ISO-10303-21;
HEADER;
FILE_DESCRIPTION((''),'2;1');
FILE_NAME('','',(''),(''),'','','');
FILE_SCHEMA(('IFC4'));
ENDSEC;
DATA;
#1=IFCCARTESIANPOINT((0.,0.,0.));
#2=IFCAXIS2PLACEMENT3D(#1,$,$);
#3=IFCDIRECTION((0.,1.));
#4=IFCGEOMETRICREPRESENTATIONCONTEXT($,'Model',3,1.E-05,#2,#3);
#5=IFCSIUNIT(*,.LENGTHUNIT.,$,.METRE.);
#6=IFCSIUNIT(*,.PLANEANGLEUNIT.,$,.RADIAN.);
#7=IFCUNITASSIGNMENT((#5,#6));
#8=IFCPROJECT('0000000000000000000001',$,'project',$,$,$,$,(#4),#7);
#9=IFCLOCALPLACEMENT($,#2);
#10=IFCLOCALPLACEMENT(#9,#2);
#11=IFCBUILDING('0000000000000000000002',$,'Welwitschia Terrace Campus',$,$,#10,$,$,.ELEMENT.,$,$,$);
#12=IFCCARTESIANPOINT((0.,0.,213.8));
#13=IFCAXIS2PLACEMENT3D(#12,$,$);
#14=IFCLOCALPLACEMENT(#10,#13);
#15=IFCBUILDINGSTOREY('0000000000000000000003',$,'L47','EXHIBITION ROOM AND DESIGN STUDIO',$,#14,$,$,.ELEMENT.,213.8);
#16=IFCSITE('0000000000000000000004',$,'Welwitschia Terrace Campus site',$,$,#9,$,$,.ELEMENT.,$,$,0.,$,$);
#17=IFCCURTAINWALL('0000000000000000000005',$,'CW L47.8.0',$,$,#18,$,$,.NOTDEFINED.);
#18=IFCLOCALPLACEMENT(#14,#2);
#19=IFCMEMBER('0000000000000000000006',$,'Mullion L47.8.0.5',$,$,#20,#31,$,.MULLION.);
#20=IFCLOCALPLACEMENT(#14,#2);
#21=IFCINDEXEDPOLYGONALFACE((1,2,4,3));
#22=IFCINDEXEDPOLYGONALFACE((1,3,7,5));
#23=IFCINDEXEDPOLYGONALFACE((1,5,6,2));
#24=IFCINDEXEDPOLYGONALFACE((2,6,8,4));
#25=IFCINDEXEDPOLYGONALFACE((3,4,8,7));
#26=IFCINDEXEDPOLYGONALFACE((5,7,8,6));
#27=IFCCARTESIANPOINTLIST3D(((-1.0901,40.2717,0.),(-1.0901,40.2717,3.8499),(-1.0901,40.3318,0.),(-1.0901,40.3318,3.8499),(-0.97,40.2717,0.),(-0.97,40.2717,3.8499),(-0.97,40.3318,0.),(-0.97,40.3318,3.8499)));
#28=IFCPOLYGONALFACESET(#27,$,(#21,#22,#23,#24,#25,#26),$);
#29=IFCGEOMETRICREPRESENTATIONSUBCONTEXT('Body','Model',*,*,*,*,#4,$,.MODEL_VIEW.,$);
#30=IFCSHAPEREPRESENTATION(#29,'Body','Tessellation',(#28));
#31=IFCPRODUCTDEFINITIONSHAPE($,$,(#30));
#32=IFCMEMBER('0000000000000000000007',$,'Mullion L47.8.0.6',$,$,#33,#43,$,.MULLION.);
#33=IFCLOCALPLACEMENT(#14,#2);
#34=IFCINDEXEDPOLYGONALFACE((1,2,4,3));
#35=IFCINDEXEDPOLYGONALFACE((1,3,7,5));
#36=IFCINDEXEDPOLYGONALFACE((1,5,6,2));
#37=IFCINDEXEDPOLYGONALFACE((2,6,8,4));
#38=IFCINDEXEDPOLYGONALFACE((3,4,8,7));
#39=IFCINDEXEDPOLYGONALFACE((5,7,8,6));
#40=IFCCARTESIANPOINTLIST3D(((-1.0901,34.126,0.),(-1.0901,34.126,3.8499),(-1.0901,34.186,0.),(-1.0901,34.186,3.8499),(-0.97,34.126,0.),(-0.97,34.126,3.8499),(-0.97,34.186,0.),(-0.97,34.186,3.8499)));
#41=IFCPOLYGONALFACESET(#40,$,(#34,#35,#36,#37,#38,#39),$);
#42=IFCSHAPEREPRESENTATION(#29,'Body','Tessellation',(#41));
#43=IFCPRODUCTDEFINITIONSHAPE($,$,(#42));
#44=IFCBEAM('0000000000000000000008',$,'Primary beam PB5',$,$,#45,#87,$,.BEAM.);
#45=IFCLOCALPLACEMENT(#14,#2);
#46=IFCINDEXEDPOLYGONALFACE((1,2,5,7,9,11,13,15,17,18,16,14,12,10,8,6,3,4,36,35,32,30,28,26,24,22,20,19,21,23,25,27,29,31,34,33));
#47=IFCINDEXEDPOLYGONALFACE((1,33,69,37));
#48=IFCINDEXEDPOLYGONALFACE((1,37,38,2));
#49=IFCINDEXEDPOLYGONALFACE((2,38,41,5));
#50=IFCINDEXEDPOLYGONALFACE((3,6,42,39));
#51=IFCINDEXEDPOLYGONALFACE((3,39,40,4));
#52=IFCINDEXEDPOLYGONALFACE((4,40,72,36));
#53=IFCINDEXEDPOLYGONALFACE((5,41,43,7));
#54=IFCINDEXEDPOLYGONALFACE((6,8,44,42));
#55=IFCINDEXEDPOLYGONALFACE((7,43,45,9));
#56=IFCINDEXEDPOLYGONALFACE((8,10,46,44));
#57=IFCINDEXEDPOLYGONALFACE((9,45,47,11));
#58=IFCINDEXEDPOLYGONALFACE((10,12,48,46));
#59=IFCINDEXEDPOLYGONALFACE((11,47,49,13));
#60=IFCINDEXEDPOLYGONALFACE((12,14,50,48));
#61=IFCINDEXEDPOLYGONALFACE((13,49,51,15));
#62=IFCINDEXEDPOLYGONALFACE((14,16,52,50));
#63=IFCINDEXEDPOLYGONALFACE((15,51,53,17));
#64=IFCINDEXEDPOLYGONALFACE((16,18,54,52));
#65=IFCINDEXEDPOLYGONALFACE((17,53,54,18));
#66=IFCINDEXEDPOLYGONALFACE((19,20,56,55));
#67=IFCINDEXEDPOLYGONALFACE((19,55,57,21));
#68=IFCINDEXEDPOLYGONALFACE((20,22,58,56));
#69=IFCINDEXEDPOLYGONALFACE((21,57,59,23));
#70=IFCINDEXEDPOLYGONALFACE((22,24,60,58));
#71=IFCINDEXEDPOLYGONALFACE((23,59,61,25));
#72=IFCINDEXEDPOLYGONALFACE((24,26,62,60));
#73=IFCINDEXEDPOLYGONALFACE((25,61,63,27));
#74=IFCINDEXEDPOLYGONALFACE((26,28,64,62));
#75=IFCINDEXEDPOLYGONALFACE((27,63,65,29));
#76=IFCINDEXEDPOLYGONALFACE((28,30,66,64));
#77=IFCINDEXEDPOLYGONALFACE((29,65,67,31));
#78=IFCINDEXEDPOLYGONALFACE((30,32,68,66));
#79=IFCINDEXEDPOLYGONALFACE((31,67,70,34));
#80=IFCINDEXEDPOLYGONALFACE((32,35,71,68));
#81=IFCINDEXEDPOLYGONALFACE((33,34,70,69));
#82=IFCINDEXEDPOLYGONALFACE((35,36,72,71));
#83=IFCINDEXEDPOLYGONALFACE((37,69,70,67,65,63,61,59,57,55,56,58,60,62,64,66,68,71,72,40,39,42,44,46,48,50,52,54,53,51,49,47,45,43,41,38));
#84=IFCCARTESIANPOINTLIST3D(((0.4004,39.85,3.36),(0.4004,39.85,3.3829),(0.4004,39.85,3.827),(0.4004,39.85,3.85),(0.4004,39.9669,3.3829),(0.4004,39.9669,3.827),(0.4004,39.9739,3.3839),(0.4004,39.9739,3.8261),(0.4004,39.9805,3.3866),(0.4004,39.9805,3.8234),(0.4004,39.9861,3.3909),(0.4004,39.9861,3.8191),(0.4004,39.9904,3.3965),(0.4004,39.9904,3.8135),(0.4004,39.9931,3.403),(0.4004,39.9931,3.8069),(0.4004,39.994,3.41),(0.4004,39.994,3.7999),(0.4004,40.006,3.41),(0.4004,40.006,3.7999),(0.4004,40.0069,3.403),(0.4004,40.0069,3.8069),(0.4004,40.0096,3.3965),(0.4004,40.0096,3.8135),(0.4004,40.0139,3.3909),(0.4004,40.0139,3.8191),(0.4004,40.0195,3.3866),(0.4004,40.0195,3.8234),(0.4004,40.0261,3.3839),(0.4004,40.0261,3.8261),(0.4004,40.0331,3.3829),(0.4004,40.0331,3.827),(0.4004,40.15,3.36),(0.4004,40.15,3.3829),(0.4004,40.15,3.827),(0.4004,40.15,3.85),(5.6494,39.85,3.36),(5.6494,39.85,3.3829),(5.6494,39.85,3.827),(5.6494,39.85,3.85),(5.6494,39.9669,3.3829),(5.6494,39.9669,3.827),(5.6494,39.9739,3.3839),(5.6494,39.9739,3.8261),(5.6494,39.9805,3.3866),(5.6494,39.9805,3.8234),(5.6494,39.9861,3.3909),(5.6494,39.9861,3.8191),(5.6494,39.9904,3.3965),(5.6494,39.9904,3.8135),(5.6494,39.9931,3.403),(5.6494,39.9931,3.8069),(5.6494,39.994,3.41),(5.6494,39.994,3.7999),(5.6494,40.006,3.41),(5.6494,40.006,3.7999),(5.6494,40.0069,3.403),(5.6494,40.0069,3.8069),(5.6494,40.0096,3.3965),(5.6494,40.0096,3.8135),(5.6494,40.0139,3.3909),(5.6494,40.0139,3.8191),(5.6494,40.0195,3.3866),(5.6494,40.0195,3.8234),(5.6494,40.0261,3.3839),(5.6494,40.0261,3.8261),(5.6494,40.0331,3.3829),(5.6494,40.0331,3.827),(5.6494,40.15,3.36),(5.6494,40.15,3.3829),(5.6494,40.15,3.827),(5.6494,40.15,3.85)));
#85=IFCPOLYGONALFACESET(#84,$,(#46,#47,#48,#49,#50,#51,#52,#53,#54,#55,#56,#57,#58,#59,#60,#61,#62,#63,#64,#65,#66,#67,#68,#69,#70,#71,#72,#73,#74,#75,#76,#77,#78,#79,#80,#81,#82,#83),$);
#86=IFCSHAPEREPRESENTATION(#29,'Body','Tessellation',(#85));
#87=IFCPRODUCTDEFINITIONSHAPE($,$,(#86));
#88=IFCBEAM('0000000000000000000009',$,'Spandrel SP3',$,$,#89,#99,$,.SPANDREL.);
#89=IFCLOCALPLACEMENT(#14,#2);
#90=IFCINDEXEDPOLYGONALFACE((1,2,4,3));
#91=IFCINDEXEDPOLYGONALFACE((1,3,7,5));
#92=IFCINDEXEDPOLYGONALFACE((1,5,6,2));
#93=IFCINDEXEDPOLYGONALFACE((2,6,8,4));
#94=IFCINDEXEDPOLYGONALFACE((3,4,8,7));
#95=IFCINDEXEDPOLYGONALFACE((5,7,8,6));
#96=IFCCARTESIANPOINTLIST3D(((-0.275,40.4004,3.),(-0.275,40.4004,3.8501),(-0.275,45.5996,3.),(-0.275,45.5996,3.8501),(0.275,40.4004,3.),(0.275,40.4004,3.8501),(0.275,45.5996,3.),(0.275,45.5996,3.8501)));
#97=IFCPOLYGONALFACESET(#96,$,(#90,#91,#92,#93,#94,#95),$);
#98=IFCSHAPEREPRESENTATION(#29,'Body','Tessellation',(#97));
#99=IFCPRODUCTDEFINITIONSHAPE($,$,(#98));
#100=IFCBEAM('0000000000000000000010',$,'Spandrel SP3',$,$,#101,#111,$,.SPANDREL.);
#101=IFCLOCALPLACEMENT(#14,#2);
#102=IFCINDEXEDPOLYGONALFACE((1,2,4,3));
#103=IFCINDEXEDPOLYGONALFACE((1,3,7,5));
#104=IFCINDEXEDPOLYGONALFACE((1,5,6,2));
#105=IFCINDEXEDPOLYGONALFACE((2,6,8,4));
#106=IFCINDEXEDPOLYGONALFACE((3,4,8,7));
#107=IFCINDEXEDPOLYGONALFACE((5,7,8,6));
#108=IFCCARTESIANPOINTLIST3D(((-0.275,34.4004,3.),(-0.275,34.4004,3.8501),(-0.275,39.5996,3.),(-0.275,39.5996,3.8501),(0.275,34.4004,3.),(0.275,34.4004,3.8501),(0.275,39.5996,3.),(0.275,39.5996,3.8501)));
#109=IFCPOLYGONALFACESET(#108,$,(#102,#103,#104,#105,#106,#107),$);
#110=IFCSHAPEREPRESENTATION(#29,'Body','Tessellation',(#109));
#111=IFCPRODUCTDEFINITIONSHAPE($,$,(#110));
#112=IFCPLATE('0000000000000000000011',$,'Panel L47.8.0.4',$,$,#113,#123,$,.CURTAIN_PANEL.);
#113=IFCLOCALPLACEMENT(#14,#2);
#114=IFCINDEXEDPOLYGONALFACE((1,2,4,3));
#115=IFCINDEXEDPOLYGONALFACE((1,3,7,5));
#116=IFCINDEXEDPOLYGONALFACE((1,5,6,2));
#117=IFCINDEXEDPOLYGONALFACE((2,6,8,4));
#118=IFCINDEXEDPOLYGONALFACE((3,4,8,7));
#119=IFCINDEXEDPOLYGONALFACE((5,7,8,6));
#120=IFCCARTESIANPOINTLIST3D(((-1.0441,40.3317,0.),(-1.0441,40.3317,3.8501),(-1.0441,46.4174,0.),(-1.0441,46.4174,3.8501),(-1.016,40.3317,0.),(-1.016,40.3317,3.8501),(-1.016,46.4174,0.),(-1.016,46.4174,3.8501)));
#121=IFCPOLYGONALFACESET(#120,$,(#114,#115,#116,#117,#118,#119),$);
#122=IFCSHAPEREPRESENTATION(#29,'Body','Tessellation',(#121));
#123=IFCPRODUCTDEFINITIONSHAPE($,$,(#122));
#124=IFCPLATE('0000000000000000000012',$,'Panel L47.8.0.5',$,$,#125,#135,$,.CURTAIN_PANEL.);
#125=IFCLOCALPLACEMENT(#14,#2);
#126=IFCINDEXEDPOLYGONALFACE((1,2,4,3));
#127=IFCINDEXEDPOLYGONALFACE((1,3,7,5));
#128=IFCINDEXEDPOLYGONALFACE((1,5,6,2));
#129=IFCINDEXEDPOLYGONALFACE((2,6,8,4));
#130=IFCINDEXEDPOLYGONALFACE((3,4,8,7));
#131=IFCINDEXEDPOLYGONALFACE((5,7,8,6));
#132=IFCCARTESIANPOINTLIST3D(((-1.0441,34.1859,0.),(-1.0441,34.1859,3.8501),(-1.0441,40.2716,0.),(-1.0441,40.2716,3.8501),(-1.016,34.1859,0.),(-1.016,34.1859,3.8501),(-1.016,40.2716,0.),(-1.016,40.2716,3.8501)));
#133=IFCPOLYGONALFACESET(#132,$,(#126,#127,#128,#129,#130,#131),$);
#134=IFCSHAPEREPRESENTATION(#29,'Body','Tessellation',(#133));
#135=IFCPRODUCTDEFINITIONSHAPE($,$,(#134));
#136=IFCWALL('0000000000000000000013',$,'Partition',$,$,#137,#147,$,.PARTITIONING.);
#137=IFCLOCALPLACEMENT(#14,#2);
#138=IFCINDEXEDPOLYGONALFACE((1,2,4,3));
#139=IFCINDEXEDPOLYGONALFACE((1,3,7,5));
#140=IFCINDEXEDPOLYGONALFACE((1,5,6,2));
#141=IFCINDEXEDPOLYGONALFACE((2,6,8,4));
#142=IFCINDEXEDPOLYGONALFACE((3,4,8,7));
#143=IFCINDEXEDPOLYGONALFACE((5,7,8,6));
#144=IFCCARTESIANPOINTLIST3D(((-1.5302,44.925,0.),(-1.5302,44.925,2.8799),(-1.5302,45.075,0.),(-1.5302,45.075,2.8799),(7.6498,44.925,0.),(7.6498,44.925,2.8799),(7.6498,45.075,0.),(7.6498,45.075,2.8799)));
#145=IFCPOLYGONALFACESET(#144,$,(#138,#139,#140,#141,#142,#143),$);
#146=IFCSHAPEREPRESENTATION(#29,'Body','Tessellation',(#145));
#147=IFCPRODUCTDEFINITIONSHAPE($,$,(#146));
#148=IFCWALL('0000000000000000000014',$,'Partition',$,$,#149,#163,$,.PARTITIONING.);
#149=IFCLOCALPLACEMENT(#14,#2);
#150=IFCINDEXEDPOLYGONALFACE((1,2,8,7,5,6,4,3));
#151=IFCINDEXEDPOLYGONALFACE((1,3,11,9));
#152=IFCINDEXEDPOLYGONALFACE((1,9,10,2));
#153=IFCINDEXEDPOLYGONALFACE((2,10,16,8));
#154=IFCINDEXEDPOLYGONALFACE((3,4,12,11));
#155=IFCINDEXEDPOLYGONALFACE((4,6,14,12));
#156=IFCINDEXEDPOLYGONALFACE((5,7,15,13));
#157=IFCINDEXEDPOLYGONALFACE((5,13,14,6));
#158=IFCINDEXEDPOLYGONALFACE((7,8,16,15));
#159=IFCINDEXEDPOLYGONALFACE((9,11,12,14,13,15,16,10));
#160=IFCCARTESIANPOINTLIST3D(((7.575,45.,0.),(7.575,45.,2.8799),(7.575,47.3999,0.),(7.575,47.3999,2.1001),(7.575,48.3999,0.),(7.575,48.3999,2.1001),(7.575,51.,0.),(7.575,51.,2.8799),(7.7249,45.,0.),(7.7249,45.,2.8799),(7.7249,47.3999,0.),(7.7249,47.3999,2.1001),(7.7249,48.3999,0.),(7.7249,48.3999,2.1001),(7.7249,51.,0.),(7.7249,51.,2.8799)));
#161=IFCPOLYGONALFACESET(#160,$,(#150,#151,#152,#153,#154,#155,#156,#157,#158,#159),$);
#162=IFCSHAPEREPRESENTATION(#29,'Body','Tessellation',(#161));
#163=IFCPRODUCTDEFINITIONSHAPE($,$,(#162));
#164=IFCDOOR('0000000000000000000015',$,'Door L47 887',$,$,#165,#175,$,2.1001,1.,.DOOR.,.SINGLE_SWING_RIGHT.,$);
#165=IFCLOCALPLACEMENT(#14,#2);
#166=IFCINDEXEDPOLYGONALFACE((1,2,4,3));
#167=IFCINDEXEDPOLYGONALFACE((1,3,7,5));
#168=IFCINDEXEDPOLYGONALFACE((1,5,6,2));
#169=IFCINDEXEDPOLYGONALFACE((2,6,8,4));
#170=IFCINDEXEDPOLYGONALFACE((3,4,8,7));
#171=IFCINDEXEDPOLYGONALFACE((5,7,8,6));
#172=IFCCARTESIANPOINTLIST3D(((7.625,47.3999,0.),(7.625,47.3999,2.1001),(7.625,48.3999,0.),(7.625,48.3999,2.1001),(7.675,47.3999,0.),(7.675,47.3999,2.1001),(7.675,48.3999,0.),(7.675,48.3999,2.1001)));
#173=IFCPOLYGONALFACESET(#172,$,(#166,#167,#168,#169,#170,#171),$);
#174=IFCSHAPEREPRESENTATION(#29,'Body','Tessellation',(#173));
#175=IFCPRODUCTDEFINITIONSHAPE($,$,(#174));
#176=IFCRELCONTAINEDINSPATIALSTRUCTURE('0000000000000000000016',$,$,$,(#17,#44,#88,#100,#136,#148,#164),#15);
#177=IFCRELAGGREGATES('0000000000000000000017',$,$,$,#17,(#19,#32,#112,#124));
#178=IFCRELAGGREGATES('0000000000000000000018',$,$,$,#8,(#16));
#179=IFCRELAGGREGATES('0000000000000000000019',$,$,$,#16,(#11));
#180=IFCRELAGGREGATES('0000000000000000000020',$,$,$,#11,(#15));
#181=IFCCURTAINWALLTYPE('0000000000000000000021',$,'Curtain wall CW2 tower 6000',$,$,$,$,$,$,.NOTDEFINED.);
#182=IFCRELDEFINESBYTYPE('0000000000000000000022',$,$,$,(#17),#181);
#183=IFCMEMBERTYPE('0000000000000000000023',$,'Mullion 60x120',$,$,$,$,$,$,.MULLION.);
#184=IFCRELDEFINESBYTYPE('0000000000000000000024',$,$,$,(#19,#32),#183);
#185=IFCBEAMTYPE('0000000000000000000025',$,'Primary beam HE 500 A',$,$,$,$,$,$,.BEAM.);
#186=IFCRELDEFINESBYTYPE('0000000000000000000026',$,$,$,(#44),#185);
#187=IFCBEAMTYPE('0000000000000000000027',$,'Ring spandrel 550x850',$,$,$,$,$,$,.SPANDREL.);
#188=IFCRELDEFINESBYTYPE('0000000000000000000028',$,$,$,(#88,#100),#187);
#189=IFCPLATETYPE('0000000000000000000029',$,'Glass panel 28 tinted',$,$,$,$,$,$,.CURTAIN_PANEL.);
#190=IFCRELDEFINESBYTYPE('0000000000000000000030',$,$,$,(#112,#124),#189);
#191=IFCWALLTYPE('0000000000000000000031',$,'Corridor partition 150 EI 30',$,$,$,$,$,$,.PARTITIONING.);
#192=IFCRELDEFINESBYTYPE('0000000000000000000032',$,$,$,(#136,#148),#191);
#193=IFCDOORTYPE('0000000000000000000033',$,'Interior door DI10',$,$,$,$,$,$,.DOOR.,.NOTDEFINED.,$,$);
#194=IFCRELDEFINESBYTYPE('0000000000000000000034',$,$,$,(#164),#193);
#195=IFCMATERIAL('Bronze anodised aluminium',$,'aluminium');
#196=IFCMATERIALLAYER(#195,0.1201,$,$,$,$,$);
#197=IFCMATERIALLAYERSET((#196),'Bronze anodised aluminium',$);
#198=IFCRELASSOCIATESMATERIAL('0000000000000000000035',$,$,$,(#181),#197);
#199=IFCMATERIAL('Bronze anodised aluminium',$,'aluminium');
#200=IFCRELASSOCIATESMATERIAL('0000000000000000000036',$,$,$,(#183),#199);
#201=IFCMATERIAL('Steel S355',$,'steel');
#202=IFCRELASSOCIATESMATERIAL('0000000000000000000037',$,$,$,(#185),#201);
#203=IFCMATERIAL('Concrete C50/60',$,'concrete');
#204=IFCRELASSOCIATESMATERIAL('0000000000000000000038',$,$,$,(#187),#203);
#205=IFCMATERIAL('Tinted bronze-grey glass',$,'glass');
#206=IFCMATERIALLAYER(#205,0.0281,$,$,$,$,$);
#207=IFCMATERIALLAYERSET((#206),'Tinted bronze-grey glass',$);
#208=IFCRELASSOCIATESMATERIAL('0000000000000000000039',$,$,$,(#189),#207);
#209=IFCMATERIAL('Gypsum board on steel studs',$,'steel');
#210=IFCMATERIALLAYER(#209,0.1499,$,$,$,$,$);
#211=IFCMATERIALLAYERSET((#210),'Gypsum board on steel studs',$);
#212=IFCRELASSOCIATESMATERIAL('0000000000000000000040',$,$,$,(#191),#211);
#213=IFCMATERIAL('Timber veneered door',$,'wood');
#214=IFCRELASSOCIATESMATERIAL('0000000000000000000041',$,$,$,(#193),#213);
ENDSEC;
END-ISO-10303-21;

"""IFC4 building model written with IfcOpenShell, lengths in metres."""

from ifc_helpers import new_model, si_unit, direction, frame, frame_2d, origin, origin_2d, place, context, subcontext, project, spatial, rectangle, i_section, extrude, material, layer, layer_set, material_profile, profile_set, type_object, element, fill, aggregate, save


model = new_model("IFC4")

# Units and contexts
model_context = context("Model", 3, precision=1e-05, world=origin(), true_north=direction((0.0, 1.0)))
body_context = subcontext(model_context, "Body", "Model", "MODEL_VIEW")
ifc_project = project(units=[si_unit("LENGTHUNIT", "METRE"), si_unit("PLANEANGLEUNIT", "RADIAN")], contexts=[model_context])

# Site, building, storey
site_placement = place(None, origin())
site = spatial("IfcSite", under=ifc_project, at=site_placement, Name="Welwitschia Terrace Campus site", CompositionType="ELEMENT", RefElevation=0.0)
building_placement = place(site_placement, origin())
building = spatial("IfcBuilding", under=site, at=building_placement, Name="Welwitschia Terrace Campus", CompositionType="ELEMENT")
storey_placement = place(building_placement, frame((0.0, 0.0, 213.8)))
storey = spatial("IfcBuildingStorey", under=building, at=storey_placement, Name="L47", Description="EXHIBITION ROOM AND DESIGN STUDIO", CompositionType="ELEMENT", Elevation=213.8)

# Curtain wall, members
ifc_material_1 = material(Name="Bronze anodised aluminium", Category="aluminium")
ifc_layer_1 = layer(ifc_material_1, 0.1201)
ifc_layer_set_1 = layer_set([ifc_layer_1], Name="Bronze anodised aluminium")
curtain_wall_type = type_object("IfcCurtainWallType", Name="Curtain wall CW2 tower 6000", PredefinedType="NOTDEFINED", material=ifc_layer_set_1)
curtain_wall_placement = place(storey_placement, origin())
curtain_wall = element("IfcCurtainWall", 1, at=curtain_wall_placement, inside=storey, type_object=curtain_wall_type, Name="CW L47.8.0", PredefinedType="NOTDEFINED")
ifc_material_2 = material(Name="Bronze anodised aluminium", Category="aluminium")
ifc_material_profile_1 = material_profile(ifc_material_2, rectangle(XDim=0.1201, YDim=0.0601, at=origin_2d()))
ifc_profile_set_1 = profile_set([ifc_material_profile_1], Name="Bronze anodised aluminium")
member_type = type_object("IfcMemberType", Name="Mullion 60x120", PredefinedType="MULLION", material=ifc_profile_set_1)
member_1_placement = place(storey_placement, frame((-1.03, 40.3018, 0.0), z_axis=(0.0, 0.0, 1.0), x_axis=(1.0, 0.0, 0.0)))
member_1 = element("IfcMember", 2, at=member_1_placement, type_object=member_type, Name="Mullion L47.8.0.5", PredefinedType="MULLION", context=body_context, shape_type="SweptSolid", body=[
    extrude(rectangle(XDim=0.1201, YDim=0.0601, at=origin_2d()), origin(), (0.0, 0.0, 1.0), 3.8499),
])
member_2_placement = place(storey_placement, frame((-1.03, 34.156, 0.0), z_axis=(0.0, 0.0, 1.0), x_axis=(1.0, 0.0, 0.0)))
member_2 = element("IfcMember", 3, at=member_2_placement, type_object=member_type, Name="Mullion L47.8.0.6", PredefinedType="MULLION", context=body_context, shape_type="SweptSolid", body=[
    extrude(rectangle(XDim=0.1201, YDim=0.0601, at=origin_2d()), origin(), (0.0, 0.0, 1.0), 3.8499),
])

# Beams
ifc_material_3 = material(Name="Steel S355", Category="steel")
ifc_material_profile_2 = material_profile(ifc_material_3, i_section(OverallWidth=0.3, OverallDepth=0.49, WebThickness=0.012, FlangeThickness=0.0229, FilletRadius=0.0271, at=origin_2d()))
ifc_profile_set_2 = profile_set([ifc_material_profile_2], Name="Steel S355")
beam_type_1 = type_object("IfcBeamType", Name="Primary beam HE 500 A", PredefinedType="BEAM", material=ifc_profile_set_2)
beam_1_placement = place(storey_placement, frame((0.4004, 40.0, 3.605), z_axis=(1.0, 0.0, 0.0), x_axis=(0.0, 1.0, 0.0)))
element("IfcBeam", 4, at=beam_1_placement, inside=storey, type_object=beam_type_1, Name="Primary beam PB5", PredefinedType="BEAM", context=body_context, shape_type="SweptSolid", body=[
    extrude(i_section(OverallWidth=0.3, OverallDepth=0.49, WebThickness=0.012, FlangeThickness=0.0229, FilletRadius=0.0271, at=origin_2d()), origin(), (0.0, 0.0, 1.0), 5.249),
])
ifc_material_4 = material(Name="Concrete C50/60", Category="concrete")
ifc_material_profile_3 = material_profile(ifc_material_4, rectangle(XDim=0.55, YDim=0.8501, at=origin_2d()))
ifc_profile_set_3 = profile_set([ifc_material_profile_3], Name="Concrete C50/60")
beam_type_2 = type_object("IfcBeamType", Name="Ring spandrel 550x850", PredefinedType="SPANDREL", material=ifc_profile_set_3)
for number, where, z_axis, x_axis, name in (
    (5, (0.0, 45.5996, 3.425), (0.0, -1.0, 0.0), (1.0, 0.0, 0.0), "Spandrel SP3"),
    (6, (0.0, 39.5996, 3.425), (0.0, -1.0, 0.0), (1.0, 0.0, 0.0), "Spandrel SP3"),
):
    element("IfcBeam", number, at=place(storey_placement, frame(where, z_axis=z_axis, x_axis=x_axis)), inside=storey, type_object=beam_type_2, Name=name, PredefinedType="SPANDREL", context=body_context, shape_type="SweptSolid", body=[
        extrude(rectangle(XDim=0.55, YDim=0.8501, at=origin_2d()), origin(), (0.0, 0.0, 1.0), 5.1992),
    ])

# Plates
ifc_material_5 = material(Name="Tinted bronze-grey glass", Category="glass")
ifc_layer_2 = layer(ifc_material_5, 0.0281)
ifc_layer_set_2 = layer_set([ifc_layer_2], Name="Tinted bronze-grey glass")
plate_type = type_object("IfcPlateType", Name="Glass panel 28 tinted", PredefinedType="CURTAIN_PANEL", material=ifc_layer_set_2)
plate_1_placement = place(storey_placement, frame((-1.03, 43.3745, 0.0), z_axis=(0.0, 0.0, 1.0), x_axis=(0.0, -1.0, 0.0)))
plate_1 = element("IfcPlate", 7, at=plate_1_placement, type_object=plate_type, Name="Panel L47.8.0.4", PredefinedType="CURTAIN_PANEL", context=body_context, shape_type="SweptSolid", body=[
    extrude(rectangle(XDim=6.0857, YDim=0.0281, at=origin_2d()), origin(), (0.0, 0.0, 1.0), 3.8501),
])
plate_2_placement = place(storey_placement, frame((-1.03, 37.2288, 0.0), z_axis=(0.0, 0.0, 1.0), x_axis=(0.0, -1.0, 0.0)))
plate_2 = element("IfcPlate", 8, at=plate_2_placement, type_object=plate_type, Name="Panel L47.8.0.5", PredefinedType="CURTAIN_PANEL", context=body_context, shape_type="SweptSolid", body=[
    extrude(rectangle(XDim=6.0857, YDim=0.0281, at=origin_2d()), origin(), (0.0, 0.0, 1.0), 3.8501),
])
aggregate(curtain_wall, [member_1, member_2, plate_1, plate_2])

# Wall
ifc_material_6 = material(Name="Gypsum board on steel studs", Category="steel")
ifc_layer_3 = layer(ifc_material_6, 0.1499)
ifc_layer_set_3 = layer_set([ifc_layer_3], Name="Gypsum board on steel studs")
wall_type = type_object("IfcWallType", Name="Corridor partition 150 EI 30", PredefinedType="PARTITIONING", material=ifc_layer_set_3)
wall_1_placement = place(storey_placement, frame((-1.53, 45.0, 0.0), z_axis=(0.0, 0.0, 1.0), x_axis=(1.0, 0.0, 0.0)))
element("IfcWall", 9, at=wall_1_placement, inside=storey, type_object=wall_type, Name="Partition", PredefinedType="PARTITIONING", context=body_context, shape_type="SweptSolid", body=[
    extrude(rectangle(XDim=9.1799, YDim=0.1499, at=frame_2d((4.5898, 0.0))), origin(), (0.0, 0.0, 1.0), 2.8799),
])

# Wall, opening, door
wall_2_placement = place(storey_placement, frame((7.6499, 45.0, 0.0), z_axis=(0.0, 0.0, 1.0), x_axis=(0.0, 1.0, 0.0)))
wall_2 = element("IfcWall", 10, at=wall_2_placement, inside=storey, type_object=wall_type, Name="Partition", PredefinedType="PARTITIONING", context=body_context, shape_type="SweptSolid", body=[
    extrude(rectangle(XDim=6.0, YDim=0.1499, at=frame_2d((3.0, 0.0))), origin(), (0.0, 0.0, 1.0), 2.8799),
])
opening_1_placement = place(wall_2_placement, frame((2.3999, 0.0, 0.0)))
opening_1 = element("IfcOpeningElement", 11, at=opening_1_placement, cuts=wall_2, PredefinedType="OPENING", context=body_context, shape_type="SweptSolid", body=[
    extrude(rectangle(XDim=1.0, YDim=2.1001, at=frame_2d((0.5, 1.05))), frame((0.0, 0.085, 0.0), z_axis=(0.0, -1.0, 0.0), x_axis=(1.0, 0.0, 0.0)), (0.0, 0.0, 1.0), 0.1699),
])
ifc_material_7 = material(Name="Timber veneered door", Category="wood")
door_type_1 = type_object("IfcDoorType", Name="Interior door DI10", OperationType="NOTDEFINED", PredefinedType="DOOR", material=ifc_material_7)
door_1_placement = place(opening_1_placement, origin())
door_1 = element("IfcDoor", 12, at=door_1_placement, inside=storey, type_object=door_type_1, Name="Door L47 887", OperationType="SINGLE_SWING_RIGHT", OverallHeight=2.1001, OverallWidth=1.0, PredefinedType="DOOR", context=body_context, shape_type="SweptSolid", body=[
    extrude(rectangle(XDim=1.0, YDim=2.1001, at=frame_2d((0.5, 1.05))), frame((0.0, 0.0249, 0.0), z_axis=(0.0, -1.0, 0.0), x_axis=(1.0, 0.0, 0.0)), (0.0, 0.0, 1.0), 0.05),
])
fill(opening_1, door_1)

save(model, "model.ifc")
